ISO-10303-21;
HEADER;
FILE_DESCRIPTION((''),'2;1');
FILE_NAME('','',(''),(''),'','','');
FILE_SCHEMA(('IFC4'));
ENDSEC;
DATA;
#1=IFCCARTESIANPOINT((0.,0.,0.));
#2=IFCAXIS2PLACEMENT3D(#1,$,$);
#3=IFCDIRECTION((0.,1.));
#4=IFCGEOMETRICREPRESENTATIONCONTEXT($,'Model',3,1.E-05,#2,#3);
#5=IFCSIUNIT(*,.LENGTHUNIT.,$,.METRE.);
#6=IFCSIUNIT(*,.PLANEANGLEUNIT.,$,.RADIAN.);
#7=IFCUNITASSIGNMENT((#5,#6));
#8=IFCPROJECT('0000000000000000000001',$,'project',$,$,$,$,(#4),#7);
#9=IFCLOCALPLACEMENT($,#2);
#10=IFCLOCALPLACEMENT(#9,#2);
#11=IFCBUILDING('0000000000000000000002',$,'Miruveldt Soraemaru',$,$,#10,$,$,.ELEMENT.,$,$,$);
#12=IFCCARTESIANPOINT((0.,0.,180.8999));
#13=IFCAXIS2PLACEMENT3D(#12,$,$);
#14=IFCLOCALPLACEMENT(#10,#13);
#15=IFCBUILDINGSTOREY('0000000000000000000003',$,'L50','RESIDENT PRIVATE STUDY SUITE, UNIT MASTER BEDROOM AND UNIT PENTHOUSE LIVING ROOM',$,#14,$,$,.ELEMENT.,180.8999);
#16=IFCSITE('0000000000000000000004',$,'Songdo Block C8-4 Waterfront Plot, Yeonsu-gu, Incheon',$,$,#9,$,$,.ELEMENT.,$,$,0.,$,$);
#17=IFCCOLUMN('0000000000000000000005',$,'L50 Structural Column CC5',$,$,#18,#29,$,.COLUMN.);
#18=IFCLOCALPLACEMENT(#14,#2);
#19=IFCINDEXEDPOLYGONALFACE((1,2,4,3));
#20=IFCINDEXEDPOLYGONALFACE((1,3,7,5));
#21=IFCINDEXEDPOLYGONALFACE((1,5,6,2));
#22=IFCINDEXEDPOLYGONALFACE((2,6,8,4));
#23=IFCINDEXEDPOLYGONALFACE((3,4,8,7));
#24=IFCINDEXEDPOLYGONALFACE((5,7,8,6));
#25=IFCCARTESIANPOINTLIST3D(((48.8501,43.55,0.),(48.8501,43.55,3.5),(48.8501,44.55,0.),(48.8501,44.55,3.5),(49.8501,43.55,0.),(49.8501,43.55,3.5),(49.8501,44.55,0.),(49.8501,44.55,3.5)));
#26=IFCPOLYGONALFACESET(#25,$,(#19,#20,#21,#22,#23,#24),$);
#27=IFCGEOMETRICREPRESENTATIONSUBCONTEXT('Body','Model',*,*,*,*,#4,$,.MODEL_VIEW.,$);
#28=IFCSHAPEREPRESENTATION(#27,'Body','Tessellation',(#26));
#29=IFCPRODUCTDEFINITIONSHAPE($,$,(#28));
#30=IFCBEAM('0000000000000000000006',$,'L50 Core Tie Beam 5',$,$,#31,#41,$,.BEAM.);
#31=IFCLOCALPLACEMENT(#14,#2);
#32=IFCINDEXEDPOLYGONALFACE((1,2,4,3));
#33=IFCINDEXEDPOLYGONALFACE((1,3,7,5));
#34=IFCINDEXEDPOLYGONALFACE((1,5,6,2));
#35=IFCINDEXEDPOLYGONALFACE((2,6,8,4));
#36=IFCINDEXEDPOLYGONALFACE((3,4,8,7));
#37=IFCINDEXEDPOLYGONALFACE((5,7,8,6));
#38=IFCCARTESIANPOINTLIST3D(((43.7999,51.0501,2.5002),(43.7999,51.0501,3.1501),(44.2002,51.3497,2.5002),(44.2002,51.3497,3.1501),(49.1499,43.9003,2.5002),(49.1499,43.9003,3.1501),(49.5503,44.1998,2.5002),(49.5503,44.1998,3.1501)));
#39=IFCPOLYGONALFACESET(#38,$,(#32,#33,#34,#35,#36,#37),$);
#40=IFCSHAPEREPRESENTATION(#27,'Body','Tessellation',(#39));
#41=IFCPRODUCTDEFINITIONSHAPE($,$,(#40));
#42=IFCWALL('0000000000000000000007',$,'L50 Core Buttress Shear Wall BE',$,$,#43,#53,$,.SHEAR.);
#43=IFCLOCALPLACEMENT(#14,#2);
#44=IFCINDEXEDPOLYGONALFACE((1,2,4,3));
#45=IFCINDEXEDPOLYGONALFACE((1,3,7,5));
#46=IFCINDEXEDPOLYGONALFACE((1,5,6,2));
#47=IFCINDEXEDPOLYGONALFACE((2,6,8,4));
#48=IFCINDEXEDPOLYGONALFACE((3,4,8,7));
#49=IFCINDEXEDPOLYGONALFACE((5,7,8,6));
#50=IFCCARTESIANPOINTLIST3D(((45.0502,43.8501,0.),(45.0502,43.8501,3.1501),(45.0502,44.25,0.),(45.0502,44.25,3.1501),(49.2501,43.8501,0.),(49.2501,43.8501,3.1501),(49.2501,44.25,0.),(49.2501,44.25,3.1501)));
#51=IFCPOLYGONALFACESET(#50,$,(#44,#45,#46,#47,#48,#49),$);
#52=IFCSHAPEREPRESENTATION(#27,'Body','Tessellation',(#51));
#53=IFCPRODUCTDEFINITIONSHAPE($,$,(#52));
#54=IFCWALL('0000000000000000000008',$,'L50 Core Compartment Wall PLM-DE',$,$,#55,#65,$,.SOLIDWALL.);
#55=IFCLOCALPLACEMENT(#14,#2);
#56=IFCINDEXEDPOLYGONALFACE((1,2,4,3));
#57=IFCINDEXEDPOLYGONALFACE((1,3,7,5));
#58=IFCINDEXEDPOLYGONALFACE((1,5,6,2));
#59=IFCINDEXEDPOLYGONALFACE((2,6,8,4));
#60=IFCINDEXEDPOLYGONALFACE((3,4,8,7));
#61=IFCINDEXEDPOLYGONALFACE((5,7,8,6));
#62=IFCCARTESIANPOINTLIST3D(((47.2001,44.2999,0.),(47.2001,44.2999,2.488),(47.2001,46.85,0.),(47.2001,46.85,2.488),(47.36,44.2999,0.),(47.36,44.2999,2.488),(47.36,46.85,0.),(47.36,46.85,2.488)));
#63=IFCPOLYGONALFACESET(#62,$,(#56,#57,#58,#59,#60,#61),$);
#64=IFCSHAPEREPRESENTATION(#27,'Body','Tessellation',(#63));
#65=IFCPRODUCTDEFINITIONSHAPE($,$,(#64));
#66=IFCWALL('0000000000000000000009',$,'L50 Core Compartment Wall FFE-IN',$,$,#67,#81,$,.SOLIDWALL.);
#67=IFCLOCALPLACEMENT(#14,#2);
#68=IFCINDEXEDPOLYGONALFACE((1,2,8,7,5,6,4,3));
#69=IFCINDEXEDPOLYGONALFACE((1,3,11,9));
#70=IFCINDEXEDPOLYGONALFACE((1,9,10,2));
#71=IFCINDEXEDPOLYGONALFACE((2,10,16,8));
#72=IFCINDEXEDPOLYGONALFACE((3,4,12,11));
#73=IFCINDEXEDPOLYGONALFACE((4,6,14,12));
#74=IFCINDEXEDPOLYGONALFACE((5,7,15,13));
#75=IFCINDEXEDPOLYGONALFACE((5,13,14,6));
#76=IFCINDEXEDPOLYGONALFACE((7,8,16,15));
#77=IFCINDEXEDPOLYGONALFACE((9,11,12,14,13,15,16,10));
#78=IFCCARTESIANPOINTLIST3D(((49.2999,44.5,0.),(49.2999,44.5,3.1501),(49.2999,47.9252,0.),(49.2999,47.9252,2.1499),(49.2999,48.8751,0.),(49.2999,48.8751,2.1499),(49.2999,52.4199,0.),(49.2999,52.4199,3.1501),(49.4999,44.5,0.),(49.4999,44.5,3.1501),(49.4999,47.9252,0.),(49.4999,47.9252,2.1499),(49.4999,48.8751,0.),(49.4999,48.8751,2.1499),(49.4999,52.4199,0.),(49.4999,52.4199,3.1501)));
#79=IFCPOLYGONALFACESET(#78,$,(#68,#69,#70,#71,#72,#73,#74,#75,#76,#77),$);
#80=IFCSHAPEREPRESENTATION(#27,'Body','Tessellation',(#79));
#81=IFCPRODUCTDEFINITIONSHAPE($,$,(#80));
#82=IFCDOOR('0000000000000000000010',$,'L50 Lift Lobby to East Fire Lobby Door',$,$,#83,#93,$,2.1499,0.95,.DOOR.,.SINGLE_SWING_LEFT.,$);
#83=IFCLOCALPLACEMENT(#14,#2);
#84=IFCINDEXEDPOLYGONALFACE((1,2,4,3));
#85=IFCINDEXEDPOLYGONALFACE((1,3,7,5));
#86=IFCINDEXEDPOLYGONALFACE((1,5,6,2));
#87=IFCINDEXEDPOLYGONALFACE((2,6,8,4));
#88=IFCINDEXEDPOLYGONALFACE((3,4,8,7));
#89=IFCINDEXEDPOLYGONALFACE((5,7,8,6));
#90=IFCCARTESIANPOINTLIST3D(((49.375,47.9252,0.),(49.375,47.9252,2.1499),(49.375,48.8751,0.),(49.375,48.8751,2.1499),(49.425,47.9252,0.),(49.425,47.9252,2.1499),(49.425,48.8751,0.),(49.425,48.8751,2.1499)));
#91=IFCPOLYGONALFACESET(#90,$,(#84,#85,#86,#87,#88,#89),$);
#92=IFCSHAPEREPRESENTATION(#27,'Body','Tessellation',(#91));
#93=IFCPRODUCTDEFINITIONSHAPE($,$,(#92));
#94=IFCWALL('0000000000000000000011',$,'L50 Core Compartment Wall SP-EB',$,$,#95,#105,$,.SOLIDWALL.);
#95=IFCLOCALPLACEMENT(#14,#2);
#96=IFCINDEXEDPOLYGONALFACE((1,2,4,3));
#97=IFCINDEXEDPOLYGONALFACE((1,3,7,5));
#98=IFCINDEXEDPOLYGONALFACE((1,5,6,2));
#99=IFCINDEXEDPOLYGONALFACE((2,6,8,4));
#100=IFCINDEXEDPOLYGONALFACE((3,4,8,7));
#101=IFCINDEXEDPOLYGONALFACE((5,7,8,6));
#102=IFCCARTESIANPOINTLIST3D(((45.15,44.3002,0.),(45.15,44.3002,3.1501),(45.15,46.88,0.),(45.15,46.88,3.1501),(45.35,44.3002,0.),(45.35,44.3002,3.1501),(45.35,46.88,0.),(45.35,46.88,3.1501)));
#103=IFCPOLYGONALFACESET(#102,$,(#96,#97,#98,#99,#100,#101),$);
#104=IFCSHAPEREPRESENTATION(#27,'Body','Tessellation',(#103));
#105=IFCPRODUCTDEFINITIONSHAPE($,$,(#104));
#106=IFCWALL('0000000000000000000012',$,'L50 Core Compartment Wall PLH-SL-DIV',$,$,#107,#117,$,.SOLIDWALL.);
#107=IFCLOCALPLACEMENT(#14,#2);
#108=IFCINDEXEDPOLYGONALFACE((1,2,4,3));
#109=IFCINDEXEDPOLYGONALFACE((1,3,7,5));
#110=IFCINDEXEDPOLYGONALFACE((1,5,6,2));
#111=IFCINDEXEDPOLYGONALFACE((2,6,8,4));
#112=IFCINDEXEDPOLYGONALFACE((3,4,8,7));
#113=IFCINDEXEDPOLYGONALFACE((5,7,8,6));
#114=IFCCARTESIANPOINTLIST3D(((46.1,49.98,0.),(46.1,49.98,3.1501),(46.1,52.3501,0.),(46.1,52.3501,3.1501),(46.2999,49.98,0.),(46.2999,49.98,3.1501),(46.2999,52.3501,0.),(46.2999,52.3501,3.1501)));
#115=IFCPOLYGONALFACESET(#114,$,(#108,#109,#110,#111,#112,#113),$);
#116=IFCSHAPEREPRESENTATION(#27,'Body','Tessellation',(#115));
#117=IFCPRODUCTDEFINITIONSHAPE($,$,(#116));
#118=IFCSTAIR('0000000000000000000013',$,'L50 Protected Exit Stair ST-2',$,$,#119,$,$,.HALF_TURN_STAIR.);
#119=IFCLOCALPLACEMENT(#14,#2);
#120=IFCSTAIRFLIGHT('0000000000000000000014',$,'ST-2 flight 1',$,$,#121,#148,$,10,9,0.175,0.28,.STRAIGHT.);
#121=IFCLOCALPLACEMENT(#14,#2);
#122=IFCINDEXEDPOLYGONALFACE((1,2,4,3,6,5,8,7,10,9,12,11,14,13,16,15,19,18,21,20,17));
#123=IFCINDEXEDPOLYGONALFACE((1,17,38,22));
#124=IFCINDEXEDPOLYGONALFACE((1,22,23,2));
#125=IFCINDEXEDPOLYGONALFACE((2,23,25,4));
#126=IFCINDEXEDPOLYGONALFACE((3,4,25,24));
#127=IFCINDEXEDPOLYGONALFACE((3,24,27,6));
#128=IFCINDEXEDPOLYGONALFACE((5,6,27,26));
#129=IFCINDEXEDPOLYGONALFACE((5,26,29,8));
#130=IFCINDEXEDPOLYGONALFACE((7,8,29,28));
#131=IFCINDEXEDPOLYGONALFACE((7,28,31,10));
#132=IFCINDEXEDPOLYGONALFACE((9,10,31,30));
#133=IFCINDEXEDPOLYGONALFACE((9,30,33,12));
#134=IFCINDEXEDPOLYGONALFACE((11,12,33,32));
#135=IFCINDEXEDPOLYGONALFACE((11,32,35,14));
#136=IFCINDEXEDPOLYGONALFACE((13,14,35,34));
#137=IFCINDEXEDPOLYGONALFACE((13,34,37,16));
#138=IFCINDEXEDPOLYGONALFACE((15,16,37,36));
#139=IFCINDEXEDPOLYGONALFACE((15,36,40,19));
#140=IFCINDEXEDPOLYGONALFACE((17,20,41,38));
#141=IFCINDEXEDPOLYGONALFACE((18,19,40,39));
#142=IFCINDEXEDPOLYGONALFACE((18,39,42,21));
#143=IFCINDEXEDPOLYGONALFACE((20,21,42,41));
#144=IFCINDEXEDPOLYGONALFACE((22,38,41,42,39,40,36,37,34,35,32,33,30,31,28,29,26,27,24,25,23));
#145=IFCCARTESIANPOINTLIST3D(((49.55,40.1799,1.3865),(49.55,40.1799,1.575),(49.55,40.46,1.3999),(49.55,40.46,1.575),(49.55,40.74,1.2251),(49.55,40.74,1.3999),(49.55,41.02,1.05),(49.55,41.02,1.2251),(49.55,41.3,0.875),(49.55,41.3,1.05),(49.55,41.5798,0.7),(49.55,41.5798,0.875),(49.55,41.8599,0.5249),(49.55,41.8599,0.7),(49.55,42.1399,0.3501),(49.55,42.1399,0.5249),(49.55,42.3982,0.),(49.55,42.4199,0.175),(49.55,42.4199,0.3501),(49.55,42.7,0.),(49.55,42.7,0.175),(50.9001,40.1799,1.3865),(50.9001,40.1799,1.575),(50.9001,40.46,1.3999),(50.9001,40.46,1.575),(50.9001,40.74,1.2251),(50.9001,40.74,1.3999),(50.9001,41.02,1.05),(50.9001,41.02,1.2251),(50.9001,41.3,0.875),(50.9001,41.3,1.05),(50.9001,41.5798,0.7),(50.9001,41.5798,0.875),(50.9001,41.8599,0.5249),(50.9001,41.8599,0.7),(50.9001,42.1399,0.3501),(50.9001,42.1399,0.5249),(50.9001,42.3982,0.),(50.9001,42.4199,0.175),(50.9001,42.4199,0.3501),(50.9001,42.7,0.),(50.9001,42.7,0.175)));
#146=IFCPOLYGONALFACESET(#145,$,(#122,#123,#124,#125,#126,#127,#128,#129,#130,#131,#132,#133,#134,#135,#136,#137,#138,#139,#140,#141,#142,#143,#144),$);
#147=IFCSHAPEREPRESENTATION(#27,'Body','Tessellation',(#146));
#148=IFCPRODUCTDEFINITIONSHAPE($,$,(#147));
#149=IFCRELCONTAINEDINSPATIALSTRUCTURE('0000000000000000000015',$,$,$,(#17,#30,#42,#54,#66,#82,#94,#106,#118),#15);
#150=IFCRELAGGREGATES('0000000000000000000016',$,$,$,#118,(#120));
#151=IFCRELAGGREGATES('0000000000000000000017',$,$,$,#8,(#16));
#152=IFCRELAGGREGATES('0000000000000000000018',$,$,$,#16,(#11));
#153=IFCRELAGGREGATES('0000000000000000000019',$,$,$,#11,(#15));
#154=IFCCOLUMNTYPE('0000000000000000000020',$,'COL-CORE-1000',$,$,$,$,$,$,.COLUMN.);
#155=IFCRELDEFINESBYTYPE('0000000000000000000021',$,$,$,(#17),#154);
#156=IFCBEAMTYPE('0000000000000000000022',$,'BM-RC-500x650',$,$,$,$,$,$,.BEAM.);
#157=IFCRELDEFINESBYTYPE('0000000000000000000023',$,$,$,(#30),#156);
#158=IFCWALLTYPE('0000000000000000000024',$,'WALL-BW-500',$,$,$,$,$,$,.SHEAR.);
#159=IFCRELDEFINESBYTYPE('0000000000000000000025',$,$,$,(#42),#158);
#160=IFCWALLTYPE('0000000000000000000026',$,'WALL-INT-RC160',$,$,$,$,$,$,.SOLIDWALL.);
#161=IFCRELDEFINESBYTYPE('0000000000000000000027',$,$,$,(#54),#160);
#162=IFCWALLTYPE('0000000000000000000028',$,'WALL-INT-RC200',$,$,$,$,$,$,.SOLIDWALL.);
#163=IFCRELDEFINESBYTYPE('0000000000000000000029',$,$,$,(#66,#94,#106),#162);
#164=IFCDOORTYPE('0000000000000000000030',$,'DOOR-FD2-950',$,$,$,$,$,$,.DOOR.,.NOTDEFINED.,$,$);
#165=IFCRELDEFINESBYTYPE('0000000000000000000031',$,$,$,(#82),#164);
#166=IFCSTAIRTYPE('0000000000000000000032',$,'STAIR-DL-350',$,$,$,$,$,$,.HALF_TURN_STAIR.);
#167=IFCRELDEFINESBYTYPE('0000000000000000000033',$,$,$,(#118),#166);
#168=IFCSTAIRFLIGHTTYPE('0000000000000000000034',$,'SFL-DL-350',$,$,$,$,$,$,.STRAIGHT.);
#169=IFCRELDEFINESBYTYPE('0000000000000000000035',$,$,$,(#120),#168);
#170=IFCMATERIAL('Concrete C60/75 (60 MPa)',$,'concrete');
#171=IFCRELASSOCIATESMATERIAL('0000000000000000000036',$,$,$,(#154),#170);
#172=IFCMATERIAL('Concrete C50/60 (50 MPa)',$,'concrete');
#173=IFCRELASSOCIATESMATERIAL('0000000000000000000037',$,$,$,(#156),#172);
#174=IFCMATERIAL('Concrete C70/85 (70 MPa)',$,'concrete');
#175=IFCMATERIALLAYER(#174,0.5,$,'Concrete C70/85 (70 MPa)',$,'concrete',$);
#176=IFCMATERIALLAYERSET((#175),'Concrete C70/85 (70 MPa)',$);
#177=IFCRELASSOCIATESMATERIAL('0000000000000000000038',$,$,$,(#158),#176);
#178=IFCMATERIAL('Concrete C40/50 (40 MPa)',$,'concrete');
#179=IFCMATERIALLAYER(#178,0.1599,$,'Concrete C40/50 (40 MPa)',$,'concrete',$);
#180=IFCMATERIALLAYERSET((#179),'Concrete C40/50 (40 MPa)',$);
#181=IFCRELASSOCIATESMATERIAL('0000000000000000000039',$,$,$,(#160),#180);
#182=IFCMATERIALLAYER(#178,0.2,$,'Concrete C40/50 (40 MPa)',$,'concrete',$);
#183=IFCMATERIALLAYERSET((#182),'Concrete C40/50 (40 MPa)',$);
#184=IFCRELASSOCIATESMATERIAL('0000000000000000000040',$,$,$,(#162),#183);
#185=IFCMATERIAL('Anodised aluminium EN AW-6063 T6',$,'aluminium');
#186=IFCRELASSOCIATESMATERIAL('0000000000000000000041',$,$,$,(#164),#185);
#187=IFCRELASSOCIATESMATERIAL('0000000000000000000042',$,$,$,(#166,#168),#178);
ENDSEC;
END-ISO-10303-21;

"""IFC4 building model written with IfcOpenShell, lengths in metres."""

from ifc_helpers import new_model, si_unit, direction, frame, frame_2d, origin, origin_2d, place, context, subcontext, project, spatial, polyline, rectangle, outline, extrude, material, layer, layer_set, material_profile, profile_set, type_object, element, fill, aggregate, save


model = new_model("IFC4")

# Units and contexts
model_context = context("Model", 3, precision=1e-05, world=origin(), true_north=direction((0.0, 1.0)))
body_context = subcontext(model_context, "Body", "Model", "MODEL_VIEW")
ifc_project = project(units=[si_unit("LENGTHUNIT", "METRE"), si_unit("PLANEANGLEUNIT", "RADIAN")], contexts=[model_context])

# Site, building, storey
site_placement = place(None, origin())
site = spatial("IfcSite", under=ifc_project, at=site_placement, Name="Songdo Block C8-4 Waterfront Plot, Yeonsu-gu, Incheon", CompositionType="ELEMENT", RefElevation=0.0)
building_placement = place(site_placement, origin())
building = spatial("IfcBuilding", under=site, at=building_placement, Name="Miruveldt Soraemaru", CompositionType="ELEMENT")
storey_placement = place(building_placement, frame((0.0, 0.0, 180.8999)))
storey = spatial("IfcBuildingStorey", under=building, at=storey_placement, Name="L50", Description="RESIDENT PRIVATE STUDY SUITE, UNIT MASTER BEDROOM AND UNIT PENTHOUSE LIVING ROOM", CompositionType="ELEMENT", Elevation=180.8999)

# Column
ifc_material_1 = material(Name="Concrete C60/75 (60 MPa)", Category="concrete")
ifc_material_profile_1 = material_profile(ifc_material_1, rectangle(XDim=1.0, YDim=1.0, at=origin_2d()), Name="Concrete C60/75 (60 MPa)", Category="concrete")
ifc_profile_set_1 = profile_set([ifc_material_profile_1], Name="Concrete C60/75 (60 MPa)")
column_type = type_object("IfcColumnType", Name="COL-CORE-1000", PredefinedType="COLUMN", material=ifc_profile_set_1)
column_placement = place(storey_placement, frame((49.3501, 44.05, 0.0), z_axis=(0.0, 0.0, 1.0), x_axis=(1.0, 0.0, 0.0)))
element("IfcColumn", 1, at=column_placement, inside=storey, type_object=column_type, Name="L50 Structural Column CC5", PredefinedType="COLUMN", context=body_context, shape_type="SweptSolid", body=[
    extrude(rectangle(XDim=1.0, YDim=1.0, at=origin_2d()), origin(), (0.0, 0.0, 1.0), 3.5),
])

# Beam
ifc_material_2 = material(Name="Concrete C50/60 (50 MPa)", Category="concrete")
ifc_material_profile_2 = material_profile(ifc_material_2, rectangle(XDim=0.5, YDim=0.6499, at=origin_2d()), Name="Concrete C50/60 (50 MPa)", Category="concrete")
ifc_profile_set_2 = profile_set([ifc_material_profile_2], Name="Concrete C50/60 (50 MPa)")
beam_type = type_object("IfcBeamType", Name="BM-RC-500x650", PredefinedType="BEAM", material=ifc_profile_set_2)
beam_placement = place(storey_placement, frame((49.3501, 44.05, 2.8252), z_axis=(-0.599116, 0.800662, 0.0), x_axis=(-0.800662, -0.599116, 0.0)))
element("IfcBeam", 2, at=beam_placement, inside=storey, type_object=beam_type, Name="L50 Core Tie Beam 5", PredefinedType="BEAM", context=body_context, shape_type="SweptSolid", body=[
    extrude(rectangle(XDim=0.5, YDim=0.6499, at=origin_2d()), origin(), (0.0, 0.0, 1.0), 8.9299),
])

# Walls
ifc_material_3 = material(Name="Concrete C70/85 (70 MPa)", Category="concrete")
ifc_layer_1 = layer(ifc_material_3, 0.5, Name="Concrete C70/85 (70 MPa)", Category="concrete")
ifc_layer_set_1 = layer_set([ifc_layer_1], Name="Concrete C70/85 (70 MPa)")
wall_type_1 = type_object("IfcWallType", Name="WALL-BW-500", PredefinedType="SHEAR", material=ifc_layer_set_1)
wall_1_placement = place(storey_placement, frame((45.05, 44.05, 0.0), z_axis=(0.0, 0.0, 1.0), x_axis=(1.0, 0.0, 0.0)))
element("IfcWall", 3, at=wall_1_placement, inside=storey, type_object=wall_type_1, Name="L50 Core Buttress Shear Wall BE", PredefinedType="SHEAR", context=body_context, shape_type="SweptSolid", body=[
    extrude(rectangle(XDim=4.2, YDim=0.3999, at=frame_2d((2.1001, 0.0))), origin(), (0.0, 0.0, 1.0), 3.1501),
])
ifc_material_4 = material(Name="Concrete C40/50 (40 MPa)", Category="concrete")
ifc_layer_2 = layer(ifc_material_4, 0.1599, Name="Concrete C40/50 (40 MPa)", Category="concrete")
ifc_layer_set_2 = layer_set([ifc_layer_2], Name="Concrete C40/50 (40 MPa)")
wall_type_2 = type_object("IfcWallType", Name="WALL-INT-RC160", PredefinedType="SOLIDWALL", material=ifc_layer_set_2)
wall_2_placement = place(storey_placement, frame((47.28, 44.3, 0.0), z_axis=(0.0, 0.0, 1.0), x_axis=(0.0, 1.0, 0.0)))
element("IfcWall", 4, at=wall_2_placement, inside=storey, type_object=wall_type_2, Name="L50 Core Compartment Wall PLM-DE", PredefinedType="SOLIDWALL", context=body_context, shape_type="SweptSolid", body=[
    extrude(rectangle(XDim=2.55, YDim=0.1599, at=frame_2d((1.2749, 0.0))), origin(), (0.0, 0.0, 1.0), 2.488),
])

# Wall, opening, door
ifc_layer_3 = layer(ifc_material_4, 0.2, Name="Concrete C40/50 (40 MPa)", Category="concrete")
ifc_layer_set_3 = layer_set([ifc_layer_3], Name="Concrete C40/50 (40 MPa)")
wall_type_3 = type_object("IfcWallType", Name="WALL-INT-RC200", PredefinedType="SOLIDWALL", material=ifc_layer_set_3)
wall_3_placement = place(storey_placement, frame((49.3999, 44.5, 0.0), z_axis=(0.0, 0.0, 1.0), x_axis=(0.0, 1.0, 0.0)))
wall_3 = element("IfcWall", 5, at=wall_3_placement, inside=storey, type_object=wall_type_3, Name="L50 Core Compartment Wall FFE-IN", PredefinedType="SOLIDWALL", context=body_context, shape_type="SweptSolid", body=[
    extrude(rectangle(XDim=7.9199, YDim=0.2, at=frame_2d((3.96, 0.0))), origin(), (0.0, 0.0, 1.0), 3.1501),
])
opening_1_placement = place(wall_3_placement, frame((3.425, 0.0, 0.0)))
opening_1 = element("IfcOpeningElement", 6, at=opening_1_placement, cuts=wall_3, PredefinedType="OPENING", context=body_context, shape_type="SweptSolid", body=[
    extrude(rectangle(XDim=0.95, YDim=2.1499, at=frame_2d((0.4751, 1.075))), frame((0.0, 0.1099, 0.0), z_axis=(0.0, -1.0, 0.0), x_axis=(1.0, 0.0, 0.0)), (0.0, 0.0, 1.0), 0.22),
])
ifc_material_5 = material(Name="Anodised aluminium EN AW-6063 T6", Category="aluminium")
door_type_1 = type_object("IfcDoorType", Name="DOOR-FD2-950", OperationType="NOTDEFINED", PredefinedType="DOOR", material=ifc_material_5)
door_1_placement = place(opening_1_placement, origin())
door_1 = element("IfcDoor", 7, at=door_1_placement, inside=storey, type_object=door_type_1, Name="L50 Lift Lobby to East Fire Lobby Door", OperationType="SINGLE_SWING_LEFT", OverallHeight=2.1499, OverallWidth=0.95, PredefinedType="DOOR", context=body_context, shape_type="SweptSolid", body=[
    extrude(rectangle(XDim=0.95, YDim=2.1499, at=frame_2d((0.4751, 1.075))), frame((0.0, 0.0249, 0.0), z_axis=(0.0, -1.0, 0.0), x_axis=(1.0, 0.0, 0.0)), (0.0, 0.0, 1.0), 0.05),
])
fill(opening_1, door_1)

# Walls
wall_4_placement = place(storey_placement, frame((45.25, 44.3, 0.0), z_axis=(0.0, 0.0, 1.0), x_axis=(0.0, 1.0, 0.0)))
element("IfcWall", 8, at=wall_4_placement, inside=storey, type_object=wall_type_3, Name="L50 Core Compartment Wall SP-EB", PredefinedType="SOLIDWALL", context=body_context, shape_type="SweptSolid", body=[
    extrude(rectangle(XDim=2.5798, YDim=0.2, at=frame_2d((1.29, 0.0))), origin(), (0.0, 0.0, 1.0), 3.1501),
])
wall_5_placement = place(storey_placement, frame((46.2, 49.98, 0.0), z_axis=(0.0, 0.0, 1.0), x_axis=(0.0, 1.0, 0.0)))
element("IfcWall", 9, at=wall_5_placement, inside=storey, type_object=wall_type_3, Name="L50 Core Compartment Wall PLH-SL-DIV", PredefinedType="SOLIDWALL", context=body_context, shape_type="SweptSolid", body=[
    extrude(rectangle(XDim=2.3701, YDim=0.2, at=frame_2d((1.1851, 0.0))), origin(), (0.0, 0.0, 1.0), 3.1501),
])

# Stair, stair flight
stair_type = type_object("IfcStairType", Name="STAIR-DL-350", PredefinedType="HALF_TURN_STAIR", material=ifc_material_4)
stair_placement = place(storey_placement, origin())
stair = element("IfcStair", 10, at=stair_placement, inside=storey, type_object=stair_type, Name="L50 Protected Exit Stair ST-2", PredefinedType="HALF_TURN_STAIR")
stair_flight_type = type_object("IfcStairFlightType", Name="SFL-DL-350", PredefinedType="STRAIGHT", material=ifc_material_4)
stair_flight_placement = place(storey_placement, frame((50.2251, 42.7, 0.0), z_axis=(0.0, 0.0, 1.0), x_axis=(0.0, -1.0, 0.0)))
stair_flight = element("IfcStairFlight", 11, at=stair_flight_placement, type_object=stair_flight_type, Name="ST-2 flight 1", NumberOfRisers=10, NumberOfTreads=9, PredefinedType="STRAIGHT", RiserHeight=0.175, TreadLength=0.28, context=body_context, shape_type="SweptSolid", body=[
    extrude(outline(polyline([(0.0, 0.0), (0.0, 0.175), (0.28, 0.175), (0.28, 0.3501), (0.5601, 0.3501), (0.5601, 0.5249), (0.8401, 0.5249), (0.8401, 0.7), (1.1201, 0.7), (1.1201, 0.875), (1.3999, 0.875), (1.3999, 1.05), (1.6799, 1.05), (1.6799, 1.2251), (1.96, 1.2251), (1.96, 1.3999), (2.24, 1.3999), (2.24, 1.575), (2.52, 1.575), (2.52, 1.75), (2.52, 1.3865), (0.3018, 0.0), (0.0, 0.0)])), frame((0.0, 0.675, 0.0), z_axis=(0.0, -1.0, 0.0), x_axis=(1.0, 0.0, 0.0)), (0.0, 0.0, 1.0), 1.3501),
])
aggregate(stair, [stair_flight])

save(model, "model.ifc")
